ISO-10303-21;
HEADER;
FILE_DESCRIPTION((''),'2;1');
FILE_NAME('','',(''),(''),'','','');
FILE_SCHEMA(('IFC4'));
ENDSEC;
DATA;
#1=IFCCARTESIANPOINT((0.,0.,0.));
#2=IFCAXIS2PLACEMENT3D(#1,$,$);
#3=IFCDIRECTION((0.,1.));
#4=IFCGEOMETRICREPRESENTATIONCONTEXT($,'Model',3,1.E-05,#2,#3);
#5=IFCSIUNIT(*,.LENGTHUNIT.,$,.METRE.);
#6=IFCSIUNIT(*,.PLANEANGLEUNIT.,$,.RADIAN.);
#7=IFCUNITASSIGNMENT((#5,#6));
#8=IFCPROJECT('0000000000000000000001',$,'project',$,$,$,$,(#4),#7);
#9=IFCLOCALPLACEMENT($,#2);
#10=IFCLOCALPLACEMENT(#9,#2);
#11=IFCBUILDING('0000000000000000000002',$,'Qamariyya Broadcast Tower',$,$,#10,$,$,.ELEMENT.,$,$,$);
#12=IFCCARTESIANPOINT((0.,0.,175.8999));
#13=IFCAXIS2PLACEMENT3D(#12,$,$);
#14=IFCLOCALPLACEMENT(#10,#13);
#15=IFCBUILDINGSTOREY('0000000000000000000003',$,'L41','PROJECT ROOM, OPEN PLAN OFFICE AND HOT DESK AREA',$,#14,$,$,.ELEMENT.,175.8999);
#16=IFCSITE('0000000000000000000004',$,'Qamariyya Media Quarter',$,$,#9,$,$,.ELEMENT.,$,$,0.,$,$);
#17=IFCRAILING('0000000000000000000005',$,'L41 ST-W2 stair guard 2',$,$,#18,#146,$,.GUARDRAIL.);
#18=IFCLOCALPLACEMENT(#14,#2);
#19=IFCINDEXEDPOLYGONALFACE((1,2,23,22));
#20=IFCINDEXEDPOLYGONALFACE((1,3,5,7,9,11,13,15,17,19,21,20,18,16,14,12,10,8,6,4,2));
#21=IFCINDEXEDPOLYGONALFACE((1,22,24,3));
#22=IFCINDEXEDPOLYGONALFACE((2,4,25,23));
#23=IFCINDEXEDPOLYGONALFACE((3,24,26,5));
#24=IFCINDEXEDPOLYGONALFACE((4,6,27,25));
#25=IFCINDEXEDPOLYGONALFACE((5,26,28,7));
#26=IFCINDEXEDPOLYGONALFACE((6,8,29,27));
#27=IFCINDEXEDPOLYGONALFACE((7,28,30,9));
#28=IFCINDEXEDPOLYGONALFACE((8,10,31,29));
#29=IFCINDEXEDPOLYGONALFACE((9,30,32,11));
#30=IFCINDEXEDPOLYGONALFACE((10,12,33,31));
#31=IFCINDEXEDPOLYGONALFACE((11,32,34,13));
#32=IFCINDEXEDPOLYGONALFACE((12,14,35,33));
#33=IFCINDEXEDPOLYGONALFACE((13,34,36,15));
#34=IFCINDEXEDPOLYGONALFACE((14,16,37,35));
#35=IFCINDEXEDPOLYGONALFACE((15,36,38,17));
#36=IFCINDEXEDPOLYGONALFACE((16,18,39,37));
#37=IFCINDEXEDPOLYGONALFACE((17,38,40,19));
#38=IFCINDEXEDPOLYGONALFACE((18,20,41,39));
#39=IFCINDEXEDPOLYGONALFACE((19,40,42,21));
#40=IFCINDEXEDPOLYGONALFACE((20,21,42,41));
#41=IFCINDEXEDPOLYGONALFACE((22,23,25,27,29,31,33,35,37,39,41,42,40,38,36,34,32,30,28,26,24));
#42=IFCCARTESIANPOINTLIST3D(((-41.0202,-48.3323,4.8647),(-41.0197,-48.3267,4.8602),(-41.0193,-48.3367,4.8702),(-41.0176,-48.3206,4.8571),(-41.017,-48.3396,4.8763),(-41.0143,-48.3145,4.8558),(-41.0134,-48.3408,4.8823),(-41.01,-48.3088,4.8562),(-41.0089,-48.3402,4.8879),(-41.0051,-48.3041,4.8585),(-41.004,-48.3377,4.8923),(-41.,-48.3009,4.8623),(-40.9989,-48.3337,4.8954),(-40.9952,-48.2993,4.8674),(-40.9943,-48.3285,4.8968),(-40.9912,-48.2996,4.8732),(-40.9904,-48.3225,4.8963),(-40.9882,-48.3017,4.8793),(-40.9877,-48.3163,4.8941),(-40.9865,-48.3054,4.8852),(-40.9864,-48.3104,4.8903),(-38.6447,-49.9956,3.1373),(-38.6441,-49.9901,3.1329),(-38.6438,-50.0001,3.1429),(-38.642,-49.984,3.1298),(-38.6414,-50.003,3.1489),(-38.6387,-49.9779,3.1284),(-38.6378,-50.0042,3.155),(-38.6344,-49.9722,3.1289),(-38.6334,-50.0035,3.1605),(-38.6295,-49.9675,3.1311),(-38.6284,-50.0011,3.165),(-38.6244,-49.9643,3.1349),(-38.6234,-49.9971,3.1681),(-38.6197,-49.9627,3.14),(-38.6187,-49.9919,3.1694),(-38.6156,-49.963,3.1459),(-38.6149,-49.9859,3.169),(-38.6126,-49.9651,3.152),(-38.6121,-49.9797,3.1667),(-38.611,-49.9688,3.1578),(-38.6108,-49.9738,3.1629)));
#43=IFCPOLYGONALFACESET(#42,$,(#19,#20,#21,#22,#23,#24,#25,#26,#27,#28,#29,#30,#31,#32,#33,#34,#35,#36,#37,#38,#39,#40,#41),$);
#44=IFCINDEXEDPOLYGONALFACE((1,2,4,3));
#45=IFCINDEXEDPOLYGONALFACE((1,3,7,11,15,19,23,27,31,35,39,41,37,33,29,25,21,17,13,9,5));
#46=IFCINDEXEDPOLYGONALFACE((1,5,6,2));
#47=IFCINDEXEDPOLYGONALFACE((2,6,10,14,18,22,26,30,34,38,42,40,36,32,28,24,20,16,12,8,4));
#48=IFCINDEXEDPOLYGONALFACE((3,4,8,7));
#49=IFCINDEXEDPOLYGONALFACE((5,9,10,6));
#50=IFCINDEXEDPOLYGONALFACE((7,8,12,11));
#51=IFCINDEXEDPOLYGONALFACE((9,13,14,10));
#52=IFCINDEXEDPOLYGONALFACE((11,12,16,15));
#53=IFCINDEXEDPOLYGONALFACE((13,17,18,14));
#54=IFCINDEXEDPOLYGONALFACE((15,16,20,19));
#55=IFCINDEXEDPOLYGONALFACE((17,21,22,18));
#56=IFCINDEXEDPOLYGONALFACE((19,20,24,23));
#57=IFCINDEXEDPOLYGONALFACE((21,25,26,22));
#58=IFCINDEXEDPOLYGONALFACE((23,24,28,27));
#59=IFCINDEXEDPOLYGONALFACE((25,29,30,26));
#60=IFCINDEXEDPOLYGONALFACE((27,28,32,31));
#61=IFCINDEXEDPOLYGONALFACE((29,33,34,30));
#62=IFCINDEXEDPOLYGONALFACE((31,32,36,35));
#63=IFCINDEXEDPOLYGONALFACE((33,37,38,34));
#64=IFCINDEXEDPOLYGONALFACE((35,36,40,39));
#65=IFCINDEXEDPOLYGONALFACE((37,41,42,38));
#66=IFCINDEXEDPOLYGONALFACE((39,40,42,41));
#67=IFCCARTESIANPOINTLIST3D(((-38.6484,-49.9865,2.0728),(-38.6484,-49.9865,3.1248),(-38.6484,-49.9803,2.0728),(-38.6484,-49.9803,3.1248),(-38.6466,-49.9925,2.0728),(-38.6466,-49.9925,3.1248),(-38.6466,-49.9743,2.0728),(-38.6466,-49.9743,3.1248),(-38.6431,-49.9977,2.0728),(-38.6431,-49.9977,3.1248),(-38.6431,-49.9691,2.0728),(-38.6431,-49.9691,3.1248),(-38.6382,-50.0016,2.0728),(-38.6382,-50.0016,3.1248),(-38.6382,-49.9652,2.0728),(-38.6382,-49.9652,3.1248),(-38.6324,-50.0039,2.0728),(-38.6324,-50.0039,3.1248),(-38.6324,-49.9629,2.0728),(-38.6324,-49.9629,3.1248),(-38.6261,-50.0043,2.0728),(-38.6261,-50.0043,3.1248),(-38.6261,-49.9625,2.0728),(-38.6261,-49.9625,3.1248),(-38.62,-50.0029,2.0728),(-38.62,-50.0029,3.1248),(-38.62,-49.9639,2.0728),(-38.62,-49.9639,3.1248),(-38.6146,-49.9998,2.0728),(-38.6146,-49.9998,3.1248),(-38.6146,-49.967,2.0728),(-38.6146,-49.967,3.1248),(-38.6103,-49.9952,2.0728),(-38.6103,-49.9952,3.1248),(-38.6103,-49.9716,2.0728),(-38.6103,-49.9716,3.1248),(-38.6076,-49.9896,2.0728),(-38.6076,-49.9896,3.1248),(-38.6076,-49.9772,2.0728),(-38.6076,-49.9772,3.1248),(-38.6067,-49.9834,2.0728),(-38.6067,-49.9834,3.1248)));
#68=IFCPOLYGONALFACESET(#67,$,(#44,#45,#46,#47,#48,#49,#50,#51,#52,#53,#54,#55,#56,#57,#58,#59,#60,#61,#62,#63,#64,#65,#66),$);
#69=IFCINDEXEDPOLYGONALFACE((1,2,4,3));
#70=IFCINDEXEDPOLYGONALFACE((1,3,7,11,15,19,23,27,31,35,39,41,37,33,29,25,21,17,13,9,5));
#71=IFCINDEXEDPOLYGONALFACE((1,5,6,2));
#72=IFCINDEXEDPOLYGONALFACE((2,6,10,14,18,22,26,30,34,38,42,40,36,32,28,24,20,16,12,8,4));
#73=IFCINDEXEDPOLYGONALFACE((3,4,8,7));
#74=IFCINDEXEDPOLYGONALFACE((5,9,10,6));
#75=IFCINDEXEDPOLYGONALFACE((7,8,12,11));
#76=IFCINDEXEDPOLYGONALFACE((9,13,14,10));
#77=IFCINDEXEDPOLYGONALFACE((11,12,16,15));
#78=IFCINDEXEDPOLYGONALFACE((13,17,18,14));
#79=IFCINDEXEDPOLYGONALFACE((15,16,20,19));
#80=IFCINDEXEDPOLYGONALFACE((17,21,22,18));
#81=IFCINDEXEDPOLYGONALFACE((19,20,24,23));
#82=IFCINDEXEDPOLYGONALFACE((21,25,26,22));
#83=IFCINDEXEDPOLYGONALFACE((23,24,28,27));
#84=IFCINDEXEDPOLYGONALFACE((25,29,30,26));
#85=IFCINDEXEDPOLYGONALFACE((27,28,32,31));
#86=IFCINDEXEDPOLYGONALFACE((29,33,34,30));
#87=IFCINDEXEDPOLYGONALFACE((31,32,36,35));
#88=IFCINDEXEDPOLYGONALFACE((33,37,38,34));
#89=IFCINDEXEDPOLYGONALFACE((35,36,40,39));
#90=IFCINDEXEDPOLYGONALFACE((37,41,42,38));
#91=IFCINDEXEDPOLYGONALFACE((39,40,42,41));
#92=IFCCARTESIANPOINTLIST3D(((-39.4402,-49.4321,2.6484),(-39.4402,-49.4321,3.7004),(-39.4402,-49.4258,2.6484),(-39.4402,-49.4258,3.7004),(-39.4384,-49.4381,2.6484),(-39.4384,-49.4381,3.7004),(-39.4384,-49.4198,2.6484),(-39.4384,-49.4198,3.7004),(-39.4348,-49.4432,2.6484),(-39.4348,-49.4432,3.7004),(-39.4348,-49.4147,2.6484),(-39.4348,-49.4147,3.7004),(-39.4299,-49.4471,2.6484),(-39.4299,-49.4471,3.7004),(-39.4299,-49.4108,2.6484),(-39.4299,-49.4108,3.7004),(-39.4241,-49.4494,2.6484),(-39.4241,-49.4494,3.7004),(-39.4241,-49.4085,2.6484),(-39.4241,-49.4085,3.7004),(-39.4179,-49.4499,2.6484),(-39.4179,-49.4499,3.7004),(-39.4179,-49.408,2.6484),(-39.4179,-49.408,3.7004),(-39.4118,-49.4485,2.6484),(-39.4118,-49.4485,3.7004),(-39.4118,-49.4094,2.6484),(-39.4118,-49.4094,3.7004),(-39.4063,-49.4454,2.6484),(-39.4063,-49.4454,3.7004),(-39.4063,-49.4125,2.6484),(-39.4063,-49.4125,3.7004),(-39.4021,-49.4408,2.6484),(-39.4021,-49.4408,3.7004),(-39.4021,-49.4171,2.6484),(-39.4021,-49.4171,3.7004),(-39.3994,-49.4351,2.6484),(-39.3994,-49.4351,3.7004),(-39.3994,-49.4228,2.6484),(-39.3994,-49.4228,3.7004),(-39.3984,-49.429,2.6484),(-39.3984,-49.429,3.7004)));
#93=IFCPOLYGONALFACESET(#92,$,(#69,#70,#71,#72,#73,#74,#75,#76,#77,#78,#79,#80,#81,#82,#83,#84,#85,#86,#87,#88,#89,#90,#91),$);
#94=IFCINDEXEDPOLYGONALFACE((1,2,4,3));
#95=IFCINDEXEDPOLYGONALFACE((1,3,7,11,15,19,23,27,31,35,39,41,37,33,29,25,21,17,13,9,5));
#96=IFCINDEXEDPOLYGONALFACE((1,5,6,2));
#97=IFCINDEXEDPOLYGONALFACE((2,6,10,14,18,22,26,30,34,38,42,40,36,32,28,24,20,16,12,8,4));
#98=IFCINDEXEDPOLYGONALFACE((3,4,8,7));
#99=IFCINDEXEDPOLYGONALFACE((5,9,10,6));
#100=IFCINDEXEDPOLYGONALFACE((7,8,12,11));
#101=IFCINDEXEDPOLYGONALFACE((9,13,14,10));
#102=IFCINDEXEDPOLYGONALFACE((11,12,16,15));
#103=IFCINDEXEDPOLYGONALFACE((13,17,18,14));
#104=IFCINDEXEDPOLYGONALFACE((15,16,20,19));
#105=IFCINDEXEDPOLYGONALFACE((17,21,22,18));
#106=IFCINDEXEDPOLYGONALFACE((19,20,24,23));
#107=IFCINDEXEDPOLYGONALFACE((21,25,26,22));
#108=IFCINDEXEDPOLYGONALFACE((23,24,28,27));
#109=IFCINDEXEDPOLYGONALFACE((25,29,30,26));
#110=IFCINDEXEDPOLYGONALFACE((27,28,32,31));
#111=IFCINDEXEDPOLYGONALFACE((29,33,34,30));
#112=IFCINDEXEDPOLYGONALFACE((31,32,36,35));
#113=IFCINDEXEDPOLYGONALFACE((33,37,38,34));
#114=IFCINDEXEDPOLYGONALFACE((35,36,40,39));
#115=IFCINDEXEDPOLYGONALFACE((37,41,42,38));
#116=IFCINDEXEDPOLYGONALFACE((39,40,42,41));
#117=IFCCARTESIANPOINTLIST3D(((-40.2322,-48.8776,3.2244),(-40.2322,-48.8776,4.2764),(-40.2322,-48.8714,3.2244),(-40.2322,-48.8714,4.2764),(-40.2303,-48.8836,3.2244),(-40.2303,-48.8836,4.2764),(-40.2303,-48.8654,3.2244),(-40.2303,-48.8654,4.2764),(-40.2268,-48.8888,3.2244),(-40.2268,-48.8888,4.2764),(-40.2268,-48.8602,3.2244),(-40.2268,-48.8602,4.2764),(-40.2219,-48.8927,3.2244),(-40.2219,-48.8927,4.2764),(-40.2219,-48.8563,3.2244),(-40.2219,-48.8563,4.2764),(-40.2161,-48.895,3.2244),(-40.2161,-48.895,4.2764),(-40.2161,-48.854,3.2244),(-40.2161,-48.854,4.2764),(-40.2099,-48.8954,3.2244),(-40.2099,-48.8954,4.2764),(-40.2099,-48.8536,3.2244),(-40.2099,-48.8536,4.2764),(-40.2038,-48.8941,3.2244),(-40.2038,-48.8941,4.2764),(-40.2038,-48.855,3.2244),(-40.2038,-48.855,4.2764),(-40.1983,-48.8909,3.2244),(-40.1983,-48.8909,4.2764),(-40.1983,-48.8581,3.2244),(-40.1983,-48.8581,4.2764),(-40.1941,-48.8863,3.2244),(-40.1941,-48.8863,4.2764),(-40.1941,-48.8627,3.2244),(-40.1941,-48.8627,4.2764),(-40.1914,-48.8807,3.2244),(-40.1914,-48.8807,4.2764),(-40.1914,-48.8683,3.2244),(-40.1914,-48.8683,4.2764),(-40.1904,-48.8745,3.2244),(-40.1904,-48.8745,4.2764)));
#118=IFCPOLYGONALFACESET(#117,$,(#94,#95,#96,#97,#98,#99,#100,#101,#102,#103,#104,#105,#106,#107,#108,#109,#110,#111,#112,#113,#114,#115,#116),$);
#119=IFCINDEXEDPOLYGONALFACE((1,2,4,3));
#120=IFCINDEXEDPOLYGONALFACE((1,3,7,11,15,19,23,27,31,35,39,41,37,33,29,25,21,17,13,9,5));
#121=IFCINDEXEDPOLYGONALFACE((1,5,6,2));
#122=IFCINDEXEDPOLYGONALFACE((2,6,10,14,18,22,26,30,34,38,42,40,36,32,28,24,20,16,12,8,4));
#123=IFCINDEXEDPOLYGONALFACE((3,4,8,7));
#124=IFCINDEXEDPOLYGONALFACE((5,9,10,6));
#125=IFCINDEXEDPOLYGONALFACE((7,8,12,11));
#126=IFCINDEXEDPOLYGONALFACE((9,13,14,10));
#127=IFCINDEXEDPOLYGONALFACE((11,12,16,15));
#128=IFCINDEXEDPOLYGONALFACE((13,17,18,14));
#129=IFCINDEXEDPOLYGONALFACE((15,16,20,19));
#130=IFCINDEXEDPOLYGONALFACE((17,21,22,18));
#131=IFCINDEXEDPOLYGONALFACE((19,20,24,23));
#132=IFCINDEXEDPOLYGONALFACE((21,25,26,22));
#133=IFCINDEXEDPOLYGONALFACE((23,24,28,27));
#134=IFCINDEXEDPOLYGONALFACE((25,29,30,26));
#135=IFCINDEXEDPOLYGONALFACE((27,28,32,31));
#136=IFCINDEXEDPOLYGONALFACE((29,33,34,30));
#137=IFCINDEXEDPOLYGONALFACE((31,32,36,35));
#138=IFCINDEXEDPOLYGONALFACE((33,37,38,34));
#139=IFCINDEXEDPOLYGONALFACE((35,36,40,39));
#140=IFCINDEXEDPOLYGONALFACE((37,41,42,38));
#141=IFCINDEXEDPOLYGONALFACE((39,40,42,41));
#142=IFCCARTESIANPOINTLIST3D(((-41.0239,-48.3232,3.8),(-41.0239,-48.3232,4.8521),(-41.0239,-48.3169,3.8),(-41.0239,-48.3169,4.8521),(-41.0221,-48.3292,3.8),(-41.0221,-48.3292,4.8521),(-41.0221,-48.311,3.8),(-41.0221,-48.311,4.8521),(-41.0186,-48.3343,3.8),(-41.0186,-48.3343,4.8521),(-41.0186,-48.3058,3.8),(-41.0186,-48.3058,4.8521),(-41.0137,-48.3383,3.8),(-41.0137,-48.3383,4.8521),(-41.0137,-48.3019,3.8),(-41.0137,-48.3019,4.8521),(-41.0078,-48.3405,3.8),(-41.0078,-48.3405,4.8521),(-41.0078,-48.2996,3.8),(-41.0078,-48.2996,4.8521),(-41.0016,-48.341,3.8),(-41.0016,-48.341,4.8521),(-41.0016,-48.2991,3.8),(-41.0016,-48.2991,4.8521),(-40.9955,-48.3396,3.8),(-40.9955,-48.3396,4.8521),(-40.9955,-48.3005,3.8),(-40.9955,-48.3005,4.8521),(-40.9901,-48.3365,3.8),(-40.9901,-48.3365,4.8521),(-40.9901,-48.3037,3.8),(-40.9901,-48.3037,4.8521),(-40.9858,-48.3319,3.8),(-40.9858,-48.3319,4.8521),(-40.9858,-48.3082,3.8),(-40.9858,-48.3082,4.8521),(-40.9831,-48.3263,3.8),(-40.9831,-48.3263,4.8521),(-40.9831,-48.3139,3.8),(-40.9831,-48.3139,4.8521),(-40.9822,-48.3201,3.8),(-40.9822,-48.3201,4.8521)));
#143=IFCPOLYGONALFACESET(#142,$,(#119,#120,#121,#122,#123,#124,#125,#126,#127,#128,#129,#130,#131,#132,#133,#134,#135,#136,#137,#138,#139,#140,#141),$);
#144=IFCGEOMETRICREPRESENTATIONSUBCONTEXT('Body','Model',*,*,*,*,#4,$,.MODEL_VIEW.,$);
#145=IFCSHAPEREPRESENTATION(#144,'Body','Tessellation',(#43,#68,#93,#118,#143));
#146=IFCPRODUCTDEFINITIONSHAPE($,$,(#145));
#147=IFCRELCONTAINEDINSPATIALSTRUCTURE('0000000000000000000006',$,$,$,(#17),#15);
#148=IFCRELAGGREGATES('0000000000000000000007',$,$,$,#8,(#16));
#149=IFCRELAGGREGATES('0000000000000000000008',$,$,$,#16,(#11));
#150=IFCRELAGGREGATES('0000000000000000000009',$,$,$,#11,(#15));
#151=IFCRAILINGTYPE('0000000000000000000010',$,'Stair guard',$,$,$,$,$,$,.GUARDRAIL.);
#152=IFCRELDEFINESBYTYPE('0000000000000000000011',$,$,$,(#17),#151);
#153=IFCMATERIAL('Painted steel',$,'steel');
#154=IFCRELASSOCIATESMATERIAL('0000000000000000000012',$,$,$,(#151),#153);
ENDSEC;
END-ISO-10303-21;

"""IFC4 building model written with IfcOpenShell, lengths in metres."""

from ifc_helpers import new_model, si_unit, direction, frame, origin, origin_2d, place, context, subcontext, project, spatial, circle, extrude, material, type_object, element, save


model = new_model("IFC4")

# Units and contexts
model_context = context("Model", 3, precision=1e-05, world=origin(), true_north=direction((0.0, 1.0)))
body_context = subcontext(model_context, "Body", "Model", "MODEL_VIEW")
ifc_project = project(units=[si_unit("LENGTHUNIT", "METRE"), si_unit("PLANEANGLEUNIT", "RADIAN")], contexts=[model_context])

# Site, building, storey
site_placement = place(None, origin())
site = spatial("IfcSite", under=ifc_project, at=site_placement, Name="Qamariyya Media Quarter", CompositionType="ELEMENT", RefElevation=0.0)
building_placement = place(site_placement, origin())
building = spatial("IfcBuilding", under=site, at=building_placement, Name="Qamariyya Broadcast Tower", CompositionType="ELEMENT")
storey_placement = place(building_placement, frame((0.0, 0.0, 175.8999)))
storey = spatial("IfcBuildingStorey", under=building, at=storey_placement, Name="L41", Description="PROJECT ROOM, OPEN PLAN OFFICE AND HOT DESK AREA", CompositionType="ELEMENT", Elevation=175.8999)

# Railing
ifc_material_1 = material(Name="Painted steel", Category="steel")
railing_type_1 = type_object("IfcRailingType", Name="Stair guard", PredefinedType="GUARDRAIL", material=ifc_material_1)
railing_1_placement = place(storey_placement, frame((-38.6277, -49.9834, 2.0728)))
element("IfcRailing", 1, at=railing_1_placement, inside=storey, type_object=railing_type_1, Name="L41 ST-W2 stair guard 2", PredefinedType="GUARDRAIL", context=body_context, shape_type="SweptSolid", body=[
    extrude(circle(Radius=0.0239, at=origin_2d()), frame((0.0, 0.0, 1.0762), z_axis=(-0.70377, 0.492784, 0.511734), x_axis=(-0.573575, -0.819153, 0.0)), (0.0, 0.0, 1.0), 3.3755),
    extrude(circle(Radius=0.021, at=origin_2d()), origin(), (0.0, 0.0, 1.0), 1.052),
    extrude(circle(Radius=0.021, at=origin_2d()), frame((-0.7917, 0.5544, 0.5757)), (0.0, 0.0, 1.0), 1.052),
    extrude(circle(Radius=0.021, at=origin_2d()), frame((-1.5837, 1.1089, 1.1516)), (0.0, 0.0, 1.0), 1.052),
    extrude(circle(Radius=0.021, at=origin_2d()), frame((-2.3755, 1.6633, 1.7273)), (0.0, 0.0, 1.0), 1.052),
])

save(model, "model.ifc")
